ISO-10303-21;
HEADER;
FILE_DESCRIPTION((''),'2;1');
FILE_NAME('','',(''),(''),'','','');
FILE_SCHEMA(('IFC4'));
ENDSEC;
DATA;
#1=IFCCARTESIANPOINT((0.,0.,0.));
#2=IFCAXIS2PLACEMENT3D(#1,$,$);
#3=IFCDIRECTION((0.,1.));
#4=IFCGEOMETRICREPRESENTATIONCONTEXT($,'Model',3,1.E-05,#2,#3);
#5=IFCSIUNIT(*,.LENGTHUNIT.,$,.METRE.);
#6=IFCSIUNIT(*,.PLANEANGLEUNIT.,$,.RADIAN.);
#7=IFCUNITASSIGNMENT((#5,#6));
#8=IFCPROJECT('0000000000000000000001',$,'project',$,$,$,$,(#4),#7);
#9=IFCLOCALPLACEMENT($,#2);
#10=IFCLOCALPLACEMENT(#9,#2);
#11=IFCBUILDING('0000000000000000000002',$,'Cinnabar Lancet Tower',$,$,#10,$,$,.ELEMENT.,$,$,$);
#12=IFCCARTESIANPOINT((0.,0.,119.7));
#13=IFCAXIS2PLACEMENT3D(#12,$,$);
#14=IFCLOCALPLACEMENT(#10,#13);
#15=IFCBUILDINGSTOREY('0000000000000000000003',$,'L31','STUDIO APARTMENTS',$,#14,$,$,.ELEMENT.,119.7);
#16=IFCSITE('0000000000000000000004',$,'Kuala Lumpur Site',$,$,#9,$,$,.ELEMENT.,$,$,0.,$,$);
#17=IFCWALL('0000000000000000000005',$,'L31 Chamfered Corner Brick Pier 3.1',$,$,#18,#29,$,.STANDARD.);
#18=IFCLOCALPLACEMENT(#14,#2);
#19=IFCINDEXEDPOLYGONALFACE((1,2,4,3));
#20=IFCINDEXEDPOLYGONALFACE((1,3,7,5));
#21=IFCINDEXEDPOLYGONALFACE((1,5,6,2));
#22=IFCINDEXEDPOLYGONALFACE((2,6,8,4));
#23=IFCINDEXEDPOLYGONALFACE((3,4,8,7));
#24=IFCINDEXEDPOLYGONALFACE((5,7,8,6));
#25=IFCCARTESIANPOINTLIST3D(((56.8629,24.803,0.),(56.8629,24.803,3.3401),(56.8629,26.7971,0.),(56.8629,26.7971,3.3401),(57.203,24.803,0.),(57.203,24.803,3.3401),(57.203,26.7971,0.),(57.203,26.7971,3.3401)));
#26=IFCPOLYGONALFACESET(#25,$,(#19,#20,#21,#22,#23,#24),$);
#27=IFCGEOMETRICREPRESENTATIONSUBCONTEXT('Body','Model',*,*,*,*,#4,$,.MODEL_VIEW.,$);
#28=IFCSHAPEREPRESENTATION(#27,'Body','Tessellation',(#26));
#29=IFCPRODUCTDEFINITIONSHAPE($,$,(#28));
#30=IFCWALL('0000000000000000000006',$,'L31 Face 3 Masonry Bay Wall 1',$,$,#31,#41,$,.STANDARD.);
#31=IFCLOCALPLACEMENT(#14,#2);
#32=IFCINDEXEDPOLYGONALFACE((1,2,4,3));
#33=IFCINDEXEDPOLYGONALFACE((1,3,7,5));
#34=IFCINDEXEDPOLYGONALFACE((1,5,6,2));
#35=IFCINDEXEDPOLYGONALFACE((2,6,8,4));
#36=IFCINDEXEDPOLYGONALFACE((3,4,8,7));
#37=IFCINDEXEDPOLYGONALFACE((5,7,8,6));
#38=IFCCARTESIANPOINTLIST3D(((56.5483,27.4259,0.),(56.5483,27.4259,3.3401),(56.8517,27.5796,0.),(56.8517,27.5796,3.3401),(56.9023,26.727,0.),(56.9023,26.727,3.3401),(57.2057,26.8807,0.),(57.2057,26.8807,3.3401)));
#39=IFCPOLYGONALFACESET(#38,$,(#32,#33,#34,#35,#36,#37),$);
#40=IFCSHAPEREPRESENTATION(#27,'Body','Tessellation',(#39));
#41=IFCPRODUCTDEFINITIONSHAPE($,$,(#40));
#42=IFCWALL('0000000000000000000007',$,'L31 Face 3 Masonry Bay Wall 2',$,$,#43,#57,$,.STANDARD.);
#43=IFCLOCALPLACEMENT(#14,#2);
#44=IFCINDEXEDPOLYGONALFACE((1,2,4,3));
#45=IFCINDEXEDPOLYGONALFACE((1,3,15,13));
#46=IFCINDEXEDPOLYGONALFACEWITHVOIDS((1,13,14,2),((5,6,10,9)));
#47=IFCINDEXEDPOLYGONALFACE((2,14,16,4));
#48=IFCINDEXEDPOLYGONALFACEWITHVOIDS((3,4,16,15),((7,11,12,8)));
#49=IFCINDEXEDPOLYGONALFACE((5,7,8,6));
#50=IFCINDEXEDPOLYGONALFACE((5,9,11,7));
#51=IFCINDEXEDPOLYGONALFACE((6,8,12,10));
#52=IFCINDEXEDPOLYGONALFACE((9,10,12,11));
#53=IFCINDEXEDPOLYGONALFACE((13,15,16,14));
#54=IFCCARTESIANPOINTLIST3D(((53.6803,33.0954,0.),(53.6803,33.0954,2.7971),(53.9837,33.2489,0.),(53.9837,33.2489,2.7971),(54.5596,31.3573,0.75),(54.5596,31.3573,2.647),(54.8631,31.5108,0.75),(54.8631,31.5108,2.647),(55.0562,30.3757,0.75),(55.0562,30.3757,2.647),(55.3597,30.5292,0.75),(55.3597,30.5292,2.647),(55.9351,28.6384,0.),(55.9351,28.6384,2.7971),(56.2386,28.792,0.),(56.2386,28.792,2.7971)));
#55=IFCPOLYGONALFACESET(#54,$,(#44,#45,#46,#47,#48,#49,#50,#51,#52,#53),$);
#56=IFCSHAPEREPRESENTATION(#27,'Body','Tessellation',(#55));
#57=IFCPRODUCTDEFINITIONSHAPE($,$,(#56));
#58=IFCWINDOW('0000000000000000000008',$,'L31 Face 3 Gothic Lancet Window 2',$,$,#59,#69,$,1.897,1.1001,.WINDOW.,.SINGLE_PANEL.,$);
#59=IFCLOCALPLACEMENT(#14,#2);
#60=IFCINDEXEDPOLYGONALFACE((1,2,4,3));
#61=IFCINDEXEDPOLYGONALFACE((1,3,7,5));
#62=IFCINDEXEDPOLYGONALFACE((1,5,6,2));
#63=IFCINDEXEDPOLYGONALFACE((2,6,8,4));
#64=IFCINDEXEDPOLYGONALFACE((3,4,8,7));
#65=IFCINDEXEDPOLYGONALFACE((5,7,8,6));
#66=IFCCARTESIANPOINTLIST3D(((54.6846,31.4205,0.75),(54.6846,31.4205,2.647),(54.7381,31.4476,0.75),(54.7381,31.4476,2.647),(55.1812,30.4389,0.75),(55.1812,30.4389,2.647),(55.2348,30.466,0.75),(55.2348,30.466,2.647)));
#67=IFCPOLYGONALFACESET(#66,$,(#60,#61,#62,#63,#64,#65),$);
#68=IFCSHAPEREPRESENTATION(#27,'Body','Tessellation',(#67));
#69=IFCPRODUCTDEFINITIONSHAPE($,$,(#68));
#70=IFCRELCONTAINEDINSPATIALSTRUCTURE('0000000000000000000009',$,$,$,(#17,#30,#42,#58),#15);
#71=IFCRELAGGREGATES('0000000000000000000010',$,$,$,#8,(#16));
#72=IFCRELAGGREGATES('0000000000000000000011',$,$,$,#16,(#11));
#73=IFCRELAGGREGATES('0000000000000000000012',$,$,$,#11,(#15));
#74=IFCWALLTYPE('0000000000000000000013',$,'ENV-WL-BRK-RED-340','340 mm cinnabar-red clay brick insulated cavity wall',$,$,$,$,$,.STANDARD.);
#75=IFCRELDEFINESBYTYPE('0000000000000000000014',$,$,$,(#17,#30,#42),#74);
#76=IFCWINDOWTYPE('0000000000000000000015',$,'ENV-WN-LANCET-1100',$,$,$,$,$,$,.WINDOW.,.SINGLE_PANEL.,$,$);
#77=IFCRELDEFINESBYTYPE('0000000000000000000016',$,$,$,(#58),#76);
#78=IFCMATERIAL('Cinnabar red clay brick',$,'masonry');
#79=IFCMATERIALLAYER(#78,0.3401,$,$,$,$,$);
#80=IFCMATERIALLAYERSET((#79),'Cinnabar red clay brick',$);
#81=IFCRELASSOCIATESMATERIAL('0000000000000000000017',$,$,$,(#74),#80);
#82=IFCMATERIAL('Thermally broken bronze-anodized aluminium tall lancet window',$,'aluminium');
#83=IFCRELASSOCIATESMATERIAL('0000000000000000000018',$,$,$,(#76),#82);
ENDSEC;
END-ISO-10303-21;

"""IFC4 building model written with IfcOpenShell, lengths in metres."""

from ifc_helpers import new_model, si_unit, direction, frame, frame_2d, origin, place, context, subcontext, project, spatial, rectangle, extrude, material, layer, layer_set, type_object, element, fill, save


model = new_model("IFC4")

# Units and contexts
model_context = context("Model", 3, precision=1e-05, world=origin(), true_north=direction((0.0, 1.0)))
body_context = subcontext(model_context, "Body", "Model", "MODEL_VIEW")
ifc_project = project(units=[si_unit("LENGTHUNIT", "METRE"), si_unit("PLANEANGLEUNIT", "RADIAN")], contexts=[model_context])

# Site, building, storey
site_placement = place(None, origin())
site = spatial("IfcSite", under=ifc_project, at=site_placement, Name="Kuala Lumpur Site", CompositionType="ELEMENT", RefElevation=0.0)
building_placement = place(site_placement, origin())
building = spatial("IfcBuilding", under=site, at=building_placement, Name="Cinnabar Lancet Tower", CompositionType="ELEMENT")
storey_placement = place(building_placement, frame((0.0, 0.0, 119.7)))
storey = spatial("IfcBuildingStorey", under=building, at=storey_placement, Name="L31", Description="STUDIO APARTMENTS", CompositionType="ELEMENT", Elevation=119.7)

# Walls
ifc_material_1 = material(Name="Cinnabar red clay brick", Category="masonry")
ifc_layer_1 = layer(ifc_material_1, 0.3401)
ifc_layer_set_1 = layer_set([ifc_layer_1], Name="Cinnabar red clay brick")
wall_type_1 = type_object("IfcWallType", Name="ENV-WL-BRK-RED-340", Description="340 mm cinnabar-red clay brick insulated cavity wall", PredefinedType="STANDARD", material=ifc_layer_set_1)
wall_1_placement = place(storey_placement, frame((57.033, 24.803, 0.0), z_axis=(0.0, 0.0, 1.0), x_axis=(0.0, 1.0, 0.0)))
element("IfcWall", 1, at=wall_1_placement, inside=storey, type_object=wall_type_1, Name="L31 Chamfered Corner Brick Pier 3.1", PredefinedType="STANDARD", context=body_context, shape_type="SweptSolid", body=[
    extrude(rectangle(XDim=1.9941, YDim=0.3401, at=frame_2d((0.9971, 0.0))), origin(), (0.0, 0.0, 1.0), 3.3401),
])
wall_2_placement = place(storey_placement, frame((57.054, 26.804, 0.0), z_axis=(0.0, 0.0, 1.0), x_axis=(-0.451819, 0.892109, 0.0)))
element("IfcWall", 2, at=wall_2_placement, inside=storey, type_object=wall_type_1, Name="L31 Face 3 Masonry Bay Wall 1", PredefinedType="STANDARD", context=body_context, shape_type="SweptSolid", body=[
    extrude(rectangle(XDim=0.7834, YDim=0.3401, at=frame_2d((0.3916, 0.0))), origin(), (0.0, 0.0, 1.0), 3.3401),
])

# Wall, opening, window
wall_3_placement = place(storey_placement, frame((56.0869, 28.7151, 0.0), z_axis=(0.0, 0.0, 1.0), x_axis=(-0.451432, 0.892306, 0.0)))
wall_3 = element("IfcWall", 3, at=wall_3_placement, inside=storey, type_object=wall_type_1, Name="L31 Face 3 Masonry Bay Wall 2", PredefinedType="STANDARD", context=body_context, shape_type="SweptSolid", body=[
    extrude(rectangle(XDim=4.9949, YDim=0.3401, at=frame_2d((2.4976, 0.0))), origin(), (0.0, 0.0, 1.0), 2.7971),
])
opening_1_placement = place(wall_3_placement, frame((1.947, 0.0, 0.75)))
opening_1 = element("IfcOpeningElement", 4, at=opening_1_placement, cuts=wall_3, PredefinedType="OPENING", context=body_context, shape_type="SweptSolid", body=[
    extrude(rectangle(XDim=1.1001, YDim=1.897, at=frame_2d((0.55, 0.9485))), frame((0.0, 0.1799, 0.0), z_axis=(0.0, -1.0, 0.0), x_axis=(1.0, 0.0, 0.0)), (0.0, 0.0, 1.0), 0.3601),
])
ifc_material_2 = material(Name="Thermally broken bronze-anodized aluminium tall lancet window", Category="aluminium")
window_type = type_object("IfcWindowType", Name="ENV-WN-LANCET-1100", PartitioningType="SINGLE_PANEL", PredefinedType="WINDOW", material=ifc_material_2)
window_placement = place(opening_1_placement, origin())
window = element("IfcWindow", 5, at=window_placement, inside=storey, type_object=window_type, Name="L31 Face 3 Gothic Lancet Window 2", OverallHeight=1.897, OverallWidth=1.1001, PartitioningType="SINGLE_PANEL", PredefinedType="WINDOW", context=body_context, shape_type="SweptSolid", body=[
    extrude(rectangle(XDim=1.1001, YDim=1.897, at=frame_2d((0.55, 0.9485))), frame((0.0, 0.03, 0.0), z_axis=(0.0, -1.0, 0.0), x_axis=(1.0, 0.0, 0.0)), (0.0, 0.0, 1.0), 0.0601),
])
fill(opening_1, window)

save(model, "model.ifc")
